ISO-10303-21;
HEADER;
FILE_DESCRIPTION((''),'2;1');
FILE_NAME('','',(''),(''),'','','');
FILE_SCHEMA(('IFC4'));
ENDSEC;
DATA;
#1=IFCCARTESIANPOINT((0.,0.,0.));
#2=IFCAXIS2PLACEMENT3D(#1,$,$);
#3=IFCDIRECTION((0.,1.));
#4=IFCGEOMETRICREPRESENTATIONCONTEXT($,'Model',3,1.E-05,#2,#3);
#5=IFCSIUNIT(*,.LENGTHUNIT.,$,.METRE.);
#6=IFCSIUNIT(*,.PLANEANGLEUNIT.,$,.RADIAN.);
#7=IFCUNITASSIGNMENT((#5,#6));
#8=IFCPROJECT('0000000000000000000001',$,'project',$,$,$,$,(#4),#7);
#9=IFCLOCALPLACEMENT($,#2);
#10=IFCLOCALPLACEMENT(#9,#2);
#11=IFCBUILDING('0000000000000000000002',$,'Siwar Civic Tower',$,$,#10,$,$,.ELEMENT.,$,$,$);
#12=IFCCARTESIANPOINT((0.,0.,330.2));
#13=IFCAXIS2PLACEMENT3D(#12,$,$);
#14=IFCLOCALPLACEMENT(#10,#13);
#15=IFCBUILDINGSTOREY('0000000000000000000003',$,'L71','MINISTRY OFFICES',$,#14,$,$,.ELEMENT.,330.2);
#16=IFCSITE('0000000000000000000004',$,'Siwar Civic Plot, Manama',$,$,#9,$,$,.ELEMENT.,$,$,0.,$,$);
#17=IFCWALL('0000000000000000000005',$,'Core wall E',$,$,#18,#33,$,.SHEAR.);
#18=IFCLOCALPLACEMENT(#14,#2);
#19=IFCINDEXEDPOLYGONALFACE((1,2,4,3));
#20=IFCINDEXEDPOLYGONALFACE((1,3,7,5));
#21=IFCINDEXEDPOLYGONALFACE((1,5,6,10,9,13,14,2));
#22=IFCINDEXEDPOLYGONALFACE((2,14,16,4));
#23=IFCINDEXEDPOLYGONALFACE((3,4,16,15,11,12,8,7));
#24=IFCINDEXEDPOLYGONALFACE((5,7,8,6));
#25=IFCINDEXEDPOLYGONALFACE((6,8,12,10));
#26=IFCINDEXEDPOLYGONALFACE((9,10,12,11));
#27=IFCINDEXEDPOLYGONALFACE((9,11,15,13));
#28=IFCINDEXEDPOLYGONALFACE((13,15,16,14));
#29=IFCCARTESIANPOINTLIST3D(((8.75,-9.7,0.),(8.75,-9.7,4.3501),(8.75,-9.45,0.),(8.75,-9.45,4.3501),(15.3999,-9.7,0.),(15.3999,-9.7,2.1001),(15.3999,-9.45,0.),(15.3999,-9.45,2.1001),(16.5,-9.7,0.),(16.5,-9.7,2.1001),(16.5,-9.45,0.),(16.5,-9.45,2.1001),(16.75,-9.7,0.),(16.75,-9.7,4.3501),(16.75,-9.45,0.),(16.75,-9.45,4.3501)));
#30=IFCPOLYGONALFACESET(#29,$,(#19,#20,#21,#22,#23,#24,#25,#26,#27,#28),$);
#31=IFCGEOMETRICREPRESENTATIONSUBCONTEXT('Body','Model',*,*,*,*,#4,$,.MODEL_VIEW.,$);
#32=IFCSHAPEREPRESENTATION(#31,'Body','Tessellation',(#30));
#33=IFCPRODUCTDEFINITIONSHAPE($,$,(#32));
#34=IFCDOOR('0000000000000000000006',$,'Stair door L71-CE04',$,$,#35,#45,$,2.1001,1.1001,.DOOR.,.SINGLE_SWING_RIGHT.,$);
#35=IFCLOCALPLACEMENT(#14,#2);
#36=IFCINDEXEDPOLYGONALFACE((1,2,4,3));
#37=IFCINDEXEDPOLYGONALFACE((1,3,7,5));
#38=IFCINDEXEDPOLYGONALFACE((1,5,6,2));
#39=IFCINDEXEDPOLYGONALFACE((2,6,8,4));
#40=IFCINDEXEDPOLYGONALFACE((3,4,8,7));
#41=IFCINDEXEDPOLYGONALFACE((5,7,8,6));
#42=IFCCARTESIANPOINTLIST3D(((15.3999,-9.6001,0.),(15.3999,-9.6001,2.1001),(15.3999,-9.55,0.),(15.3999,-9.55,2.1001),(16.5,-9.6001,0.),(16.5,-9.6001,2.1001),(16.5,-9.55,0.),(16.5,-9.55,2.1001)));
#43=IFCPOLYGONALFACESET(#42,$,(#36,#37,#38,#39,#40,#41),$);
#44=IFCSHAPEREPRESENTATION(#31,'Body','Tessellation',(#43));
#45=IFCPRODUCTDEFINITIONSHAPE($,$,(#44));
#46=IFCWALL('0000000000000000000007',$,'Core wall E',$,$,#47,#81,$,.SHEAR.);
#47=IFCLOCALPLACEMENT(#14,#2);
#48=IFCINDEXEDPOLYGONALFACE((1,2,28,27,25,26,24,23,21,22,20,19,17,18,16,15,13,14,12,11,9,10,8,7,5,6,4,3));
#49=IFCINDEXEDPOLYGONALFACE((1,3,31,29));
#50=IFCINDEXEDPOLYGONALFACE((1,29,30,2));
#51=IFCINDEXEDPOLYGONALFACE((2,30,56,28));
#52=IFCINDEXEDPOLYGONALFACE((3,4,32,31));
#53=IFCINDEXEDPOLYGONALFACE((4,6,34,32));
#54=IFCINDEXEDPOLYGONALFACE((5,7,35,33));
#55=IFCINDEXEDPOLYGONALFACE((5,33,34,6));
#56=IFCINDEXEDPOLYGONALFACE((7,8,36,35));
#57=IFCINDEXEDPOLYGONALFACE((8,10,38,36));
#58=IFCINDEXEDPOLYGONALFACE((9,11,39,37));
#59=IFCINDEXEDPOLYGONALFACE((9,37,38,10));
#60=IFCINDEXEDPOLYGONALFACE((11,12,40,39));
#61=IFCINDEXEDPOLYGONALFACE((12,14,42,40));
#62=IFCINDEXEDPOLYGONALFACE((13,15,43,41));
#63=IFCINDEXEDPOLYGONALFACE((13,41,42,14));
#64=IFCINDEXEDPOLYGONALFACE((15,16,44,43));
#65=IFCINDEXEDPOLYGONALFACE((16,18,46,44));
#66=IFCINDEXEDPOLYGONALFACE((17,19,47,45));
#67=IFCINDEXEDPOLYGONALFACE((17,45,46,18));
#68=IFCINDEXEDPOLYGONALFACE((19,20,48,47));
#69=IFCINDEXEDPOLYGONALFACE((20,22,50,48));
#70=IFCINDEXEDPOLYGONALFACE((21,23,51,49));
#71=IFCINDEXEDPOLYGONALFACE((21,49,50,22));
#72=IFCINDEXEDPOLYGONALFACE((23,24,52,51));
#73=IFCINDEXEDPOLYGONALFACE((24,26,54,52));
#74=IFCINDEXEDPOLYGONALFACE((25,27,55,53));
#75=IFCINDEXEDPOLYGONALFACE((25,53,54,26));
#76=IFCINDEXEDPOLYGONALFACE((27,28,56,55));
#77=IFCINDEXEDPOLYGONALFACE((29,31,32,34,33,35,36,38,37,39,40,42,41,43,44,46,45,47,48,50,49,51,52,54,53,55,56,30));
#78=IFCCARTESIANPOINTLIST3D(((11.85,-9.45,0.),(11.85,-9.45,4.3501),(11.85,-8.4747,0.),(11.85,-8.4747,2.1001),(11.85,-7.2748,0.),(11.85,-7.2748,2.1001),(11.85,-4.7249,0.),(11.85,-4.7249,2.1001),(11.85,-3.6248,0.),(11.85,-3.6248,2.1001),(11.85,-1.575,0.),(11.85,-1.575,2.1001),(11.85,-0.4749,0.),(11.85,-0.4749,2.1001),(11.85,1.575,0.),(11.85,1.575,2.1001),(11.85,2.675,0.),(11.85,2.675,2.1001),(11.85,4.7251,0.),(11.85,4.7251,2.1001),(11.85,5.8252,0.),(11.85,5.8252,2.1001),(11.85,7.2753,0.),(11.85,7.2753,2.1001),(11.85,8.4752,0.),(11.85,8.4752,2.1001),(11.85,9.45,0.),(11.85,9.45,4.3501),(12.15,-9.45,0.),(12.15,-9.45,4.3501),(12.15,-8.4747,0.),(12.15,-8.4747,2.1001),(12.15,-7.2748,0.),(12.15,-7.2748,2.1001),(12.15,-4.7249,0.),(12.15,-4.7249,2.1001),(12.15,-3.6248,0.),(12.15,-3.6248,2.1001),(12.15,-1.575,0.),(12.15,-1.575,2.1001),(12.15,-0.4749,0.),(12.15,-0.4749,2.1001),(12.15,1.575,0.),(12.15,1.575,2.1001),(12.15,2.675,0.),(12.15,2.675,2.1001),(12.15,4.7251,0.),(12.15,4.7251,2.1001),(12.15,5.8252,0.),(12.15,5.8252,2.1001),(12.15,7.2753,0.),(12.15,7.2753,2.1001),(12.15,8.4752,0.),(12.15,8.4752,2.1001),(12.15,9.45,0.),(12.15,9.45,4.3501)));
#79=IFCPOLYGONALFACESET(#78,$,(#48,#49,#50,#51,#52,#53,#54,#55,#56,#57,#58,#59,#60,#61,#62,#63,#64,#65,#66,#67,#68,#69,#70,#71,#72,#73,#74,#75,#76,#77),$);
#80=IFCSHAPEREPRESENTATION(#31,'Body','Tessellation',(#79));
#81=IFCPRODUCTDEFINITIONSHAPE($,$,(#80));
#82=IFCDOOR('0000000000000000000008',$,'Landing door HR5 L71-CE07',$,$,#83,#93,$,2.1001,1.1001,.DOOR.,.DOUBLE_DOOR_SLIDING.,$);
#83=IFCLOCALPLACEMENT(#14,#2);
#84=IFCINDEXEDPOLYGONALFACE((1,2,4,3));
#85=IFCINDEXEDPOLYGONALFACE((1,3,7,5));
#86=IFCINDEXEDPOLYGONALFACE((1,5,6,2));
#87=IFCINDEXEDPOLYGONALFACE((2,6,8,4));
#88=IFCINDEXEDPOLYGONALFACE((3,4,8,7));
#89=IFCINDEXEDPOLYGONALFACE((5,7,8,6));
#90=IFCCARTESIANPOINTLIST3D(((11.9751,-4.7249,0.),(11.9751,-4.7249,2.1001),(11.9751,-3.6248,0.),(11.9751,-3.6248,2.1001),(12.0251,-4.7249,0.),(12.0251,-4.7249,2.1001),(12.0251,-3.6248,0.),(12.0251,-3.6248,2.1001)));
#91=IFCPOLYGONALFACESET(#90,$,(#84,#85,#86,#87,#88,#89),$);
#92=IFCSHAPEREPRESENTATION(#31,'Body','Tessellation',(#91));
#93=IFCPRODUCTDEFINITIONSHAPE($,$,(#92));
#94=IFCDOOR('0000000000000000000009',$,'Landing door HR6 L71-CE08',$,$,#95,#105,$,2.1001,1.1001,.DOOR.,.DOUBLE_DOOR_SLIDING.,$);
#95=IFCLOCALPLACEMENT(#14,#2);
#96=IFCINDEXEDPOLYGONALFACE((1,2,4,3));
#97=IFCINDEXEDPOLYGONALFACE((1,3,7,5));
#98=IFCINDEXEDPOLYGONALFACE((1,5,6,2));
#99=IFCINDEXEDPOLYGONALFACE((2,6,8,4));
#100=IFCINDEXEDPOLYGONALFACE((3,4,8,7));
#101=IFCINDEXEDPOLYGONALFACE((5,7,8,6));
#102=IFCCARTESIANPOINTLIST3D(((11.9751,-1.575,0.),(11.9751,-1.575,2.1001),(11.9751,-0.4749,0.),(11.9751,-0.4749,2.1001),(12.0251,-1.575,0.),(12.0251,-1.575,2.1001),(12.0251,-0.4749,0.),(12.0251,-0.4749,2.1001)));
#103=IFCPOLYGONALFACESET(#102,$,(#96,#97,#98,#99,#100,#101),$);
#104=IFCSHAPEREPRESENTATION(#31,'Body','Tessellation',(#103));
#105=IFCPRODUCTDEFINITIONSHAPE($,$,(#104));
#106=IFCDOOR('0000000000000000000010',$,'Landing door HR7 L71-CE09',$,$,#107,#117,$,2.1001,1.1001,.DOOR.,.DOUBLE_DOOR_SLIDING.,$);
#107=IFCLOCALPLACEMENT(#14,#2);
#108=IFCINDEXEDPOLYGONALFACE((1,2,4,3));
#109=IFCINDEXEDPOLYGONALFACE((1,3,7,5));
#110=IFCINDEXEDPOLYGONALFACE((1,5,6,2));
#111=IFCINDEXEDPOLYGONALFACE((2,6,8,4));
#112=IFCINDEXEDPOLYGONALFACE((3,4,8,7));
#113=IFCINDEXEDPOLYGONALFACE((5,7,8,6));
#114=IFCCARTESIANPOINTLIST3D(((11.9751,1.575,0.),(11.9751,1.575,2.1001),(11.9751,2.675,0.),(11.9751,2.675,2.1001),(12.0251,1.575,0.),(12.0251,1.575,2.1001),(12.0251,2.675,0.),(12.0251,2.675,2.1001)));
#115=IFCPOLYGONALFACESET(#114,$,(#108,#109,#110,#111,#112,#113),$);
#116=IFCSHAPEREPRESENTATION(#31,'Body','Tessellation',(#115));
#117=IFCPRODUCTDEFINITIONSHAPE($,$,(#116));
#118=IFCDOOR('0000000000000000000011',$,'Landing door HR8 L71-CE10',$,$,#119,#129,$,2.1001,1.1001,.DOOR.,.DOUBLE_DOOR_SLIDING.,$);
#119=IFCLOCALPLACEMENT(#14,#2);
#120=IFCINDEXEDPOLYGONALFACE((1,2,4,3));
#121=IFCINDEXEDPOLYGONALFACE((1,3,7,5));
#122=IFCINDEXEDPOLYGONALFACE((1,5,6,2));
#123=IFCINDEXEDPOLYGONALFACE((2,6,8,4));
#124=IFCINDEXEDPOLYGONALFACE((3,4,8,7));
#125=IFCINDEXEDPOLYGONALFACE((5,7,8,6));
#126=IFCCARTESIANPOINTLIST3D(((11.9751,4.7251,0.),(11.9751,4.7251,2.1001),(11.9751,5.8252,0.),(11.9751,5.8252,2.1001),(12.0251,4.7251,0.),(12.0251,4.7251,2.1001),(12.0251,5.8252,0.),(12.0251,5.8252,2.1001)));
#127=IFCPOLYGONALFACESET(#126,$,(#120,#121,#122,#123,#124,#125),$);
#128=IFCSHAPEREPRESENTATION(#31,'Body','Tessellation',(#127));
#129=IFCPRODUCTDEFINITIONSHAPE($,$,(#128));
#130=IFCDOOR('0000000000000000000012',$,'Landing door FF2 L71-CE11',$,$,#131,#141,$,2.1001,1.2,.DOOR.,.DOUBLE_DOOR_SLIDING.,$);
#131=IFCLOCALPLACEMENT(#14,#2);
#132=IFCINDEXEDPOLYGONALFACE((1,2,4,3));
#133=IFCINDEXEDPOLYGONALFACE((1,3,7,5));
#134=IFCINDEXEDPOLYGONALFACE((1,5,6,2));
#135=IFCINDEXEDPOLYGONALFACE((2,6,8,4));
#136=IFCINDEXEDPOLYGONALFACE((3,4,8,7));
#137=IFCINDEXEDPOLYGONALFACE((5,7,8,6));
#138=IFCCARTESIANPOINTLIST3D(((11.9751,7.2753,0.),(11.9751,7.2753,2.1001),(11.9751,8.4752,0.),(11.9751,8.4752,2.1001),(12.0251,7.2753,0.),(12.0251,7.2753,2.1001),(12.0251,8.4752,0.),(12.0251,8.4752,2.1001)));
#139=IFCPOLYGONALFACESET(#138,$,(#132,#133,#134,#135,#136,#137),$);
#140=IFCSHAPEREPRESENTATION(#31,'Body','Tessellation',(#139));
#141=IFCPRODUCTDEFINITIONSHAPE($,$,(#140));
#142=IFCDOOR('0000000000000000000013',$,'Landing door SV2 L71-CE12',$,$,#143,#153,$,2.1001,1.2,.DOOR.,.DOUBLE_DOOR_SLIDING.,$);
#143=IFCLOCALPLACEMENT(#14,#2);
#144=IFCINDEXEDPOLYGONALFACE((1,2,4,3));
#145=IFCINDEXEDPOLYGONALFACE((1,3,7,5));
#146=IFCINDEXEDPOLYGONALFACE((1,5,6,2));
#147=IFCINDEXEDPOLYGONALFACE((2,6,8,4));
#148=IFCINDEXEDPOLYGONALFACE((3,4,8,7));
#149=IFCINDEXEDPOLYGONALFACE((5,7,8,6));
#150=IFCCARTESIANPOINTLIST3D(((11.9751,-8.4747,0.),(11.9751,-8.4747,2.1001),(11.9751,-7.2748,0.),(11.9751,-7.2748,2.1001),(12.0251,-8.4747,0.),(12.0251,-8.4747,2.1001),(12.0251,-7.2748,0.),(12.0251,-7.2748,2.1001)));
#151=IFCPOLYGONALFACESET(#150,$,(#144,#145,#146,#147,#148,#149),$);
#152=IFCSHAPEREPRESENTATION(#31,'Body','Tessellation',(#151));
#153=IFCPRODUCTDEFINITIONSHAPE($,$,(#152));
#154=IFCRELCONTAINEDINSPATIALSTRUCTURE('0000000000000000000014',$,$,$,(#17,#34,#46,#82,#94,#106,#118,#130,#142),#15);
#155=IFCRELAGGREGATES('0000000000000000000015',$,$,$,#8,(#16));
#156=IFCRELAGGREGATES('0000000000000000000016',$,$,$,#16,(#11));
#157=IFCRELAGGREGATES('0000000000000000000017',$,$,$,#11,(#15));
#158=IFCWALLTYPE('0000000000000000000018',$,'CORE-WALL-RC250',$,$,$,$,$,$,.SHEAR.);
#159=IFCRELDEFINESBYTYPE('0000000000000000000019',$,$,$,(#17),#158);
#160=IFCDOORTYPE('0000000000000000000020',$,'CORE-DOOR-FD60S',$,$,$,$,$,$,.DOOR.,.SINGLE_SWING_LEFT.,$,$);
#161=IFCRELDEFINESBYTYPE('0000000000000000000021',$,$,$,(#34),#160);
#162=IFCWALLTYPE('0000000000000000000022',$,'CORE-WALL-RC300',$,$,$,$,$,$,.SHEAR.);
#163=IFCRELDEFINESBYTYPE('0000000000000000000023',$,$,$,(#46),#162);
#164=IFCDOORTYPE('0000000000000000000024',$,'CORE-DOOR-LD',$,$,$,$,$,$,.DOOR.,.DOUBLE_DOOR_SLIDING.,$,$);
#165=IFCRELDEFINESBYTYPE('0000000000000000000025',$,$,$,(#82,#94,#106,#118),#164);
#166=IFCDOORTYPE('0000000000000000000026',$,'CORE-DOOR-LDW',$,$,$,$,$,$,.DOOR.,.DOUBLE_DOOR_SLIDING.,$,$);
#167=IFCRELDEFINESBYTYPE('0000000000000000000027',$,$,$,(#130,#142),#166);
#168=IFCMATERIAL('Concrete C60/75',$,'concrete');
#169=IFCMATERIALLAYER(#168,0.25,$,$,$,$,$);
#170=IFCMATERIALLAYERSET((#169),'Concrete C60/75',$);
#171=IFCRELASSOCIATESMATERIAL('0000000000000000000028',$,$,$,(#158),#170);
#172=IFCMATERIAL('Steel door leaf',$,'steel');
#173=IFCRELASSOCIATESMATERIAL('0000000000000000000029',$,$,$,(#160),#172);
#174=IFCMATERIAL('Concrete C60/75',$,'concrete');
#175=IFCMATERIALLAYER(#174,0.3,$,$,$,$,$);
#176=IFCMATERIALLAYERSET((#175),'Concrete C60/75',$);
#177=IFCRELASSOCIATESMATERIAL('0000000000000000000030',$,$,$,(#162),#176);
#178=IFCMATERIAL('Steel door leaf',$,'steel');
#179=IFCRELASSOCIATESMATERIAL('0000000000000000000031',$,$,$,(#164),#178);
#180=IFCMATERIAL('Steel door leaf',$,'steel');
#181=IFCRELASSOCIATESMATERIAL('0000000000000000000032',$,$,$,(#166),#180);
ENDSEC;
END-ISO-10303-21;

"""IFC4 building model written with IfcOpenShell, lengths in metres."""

from ifc_helpers import new_model, si_unit, direction, frame, frame_2d, origin, place, context, subcontext, project, spatial, rectangle, extrude, material, layer, layer_set, type_object, element, fill, save


model = new_model("IFC4")

# Units and contexts
model_context = context("Model", 3, precision=1e-05, world=origin(), true_north=direction((0.0, 1.0)))
body_context = subcontext(model_context, "Body", "Model", "MODEL_VIEW")
ifc_project = project(units=[si_unit("LENGTHUNIT", "METRE"), si_unit("PLANEANGLEUNIT", "RADIAN")], contexts=[model_context])

# Site, building, storey
site_placement = place(None, origin())
site = spatial("IfcSite", under=ifc_project, at=site_placement, Name="Siwar Civic Plot, Manama", CompositionType="ELEMENT", RefElevation=0.0)
building_placement = place(site_placement, origin())
building = spatial("IfcBuilding", under=site, at=building_placement, Name="Siwar Civic Tower", CompositionType="ELEMENT")
storey_placement = place(building_placement, frame((0.0, 0.0, 330.2)))
storey = spatial("IfcBuildingStorey", under=building, at=storey_placement, Name="L71", Description="MINISTRY OFFICES", CompositionType="ELEMENT", Elevation=330.2)

# Shared definitions
ifc_material_1 = material(Name="Concrete C60/75", Category="concrete")
ifc_layer_1 = layer(ifc_material_1, 0.25)
ifc_layer_set_1 = layer_set([ifc_layer_1], Name="Concrete C60/75")
wall_type_1 = type_object("IfcWallType", Name="CORE-WALL-RC250", PredefinedType="SHEAR", material=ifc_layer_set_1)

# Wall, opening, door
wall_1_placement = place(storey_placement, frame((8.75, -9.575, 0.0), z_axis=(0.0, 0.0, 1.0), x_axis=(1.0, 0.0, 0.0)))
wall_1 = element("IfcWall", 1, at=wall_1_placement, inside=storey, type_object=wall_type_1, Name="Core wall E", PredefinedType="SHEAR", context=body_context, shape_type="SweptSolid", body=[
    extrude(rectangle(XDim=8.0, YDim=0.25, at=frame_2d((4.0, 0.0))), origin(), (0.0, 0.0, 1.0), 4.3501),
])
opening_1_placement = place(wall_1_placement, frame((6.6499, 0.0, 0.0)))
opening_1 = element("IfcOpeningElement", 2, at=opening_1_placement, cuts=wall_1, PredefinedType="OPENING", context=body_context, shape_type="SweptSolid", body=[
    extrude(rectangle(XDim=1.1001, YDim=2.1001, at=frame_2d((0.55, 1.05))), frame((0.0, 0.135, 0.0), z_axis=(0.0, -1.0, 0.0), x_axis=(1.0, 0.0, 0.0)), (0.0, 0.0, 1.0), 0.27),
])
ifc_material_2 = material(Name="Steel door leaf", Category="steel")
door_type_1 = type_object("IfcDoorType", Name="CORE-DOOR-FD60S", OperationType="SINGLE_SWING_LEFT", PredefinedType="DOOR", material=ifc_material_2)
door_1_placement = place(opening_1_placement, origin())
door_1 = element("IfcDoor", 3, at=door_1_placement, inside=storey, type_object=door_type_1, Name="Stair door L71-CE04", OperationType="SINGLE_SWING_RIGHT", OverallHeight=2.1001, OverallWidth=1.1001, PredefinedType="DOOR", context=body_context, shape_type="SweptSolid", body=[
    extrude(rectangle(XDim=1.1001, YDim=2.1001, at=frame_2d((0.55, 1.05))), frame((0.0, 0.0249, 0.0), z_axis=(0.0, -1.0, 0.0), x_axis=(1.0, 0.0, 0.0)), (0.0, 0.0, 1.0), 0.05),
])
fill(opening_1, door_1)

# Wall, openings, doors
ifc_material_3 = material(Name="Concrete C60/75", Category="concrete")
ifc_layer_2 = layer(ifc_material_3, 0.3)
ifc_layer_set_2 = layer_set([ifc_layer_2], Name="Concrete C60/75")
wall_type_2 = type_object("IfcWallType", Name="CORE-WALL-RC300", PredefinedType="SHEAR", material=ifc_layer_set_2)
wall_2_placement = place(storey_placement, frame((12.0, -9.45, 0.0), z_axis=(0.0, 0.0, 1.0), x_axis=(0.0, 1.0, 0.0)))
wall_2 = element("IfcWall", 4, at=wall_2_placement, inside=storey, type_object=wall_type_2, Name="Core wall E", PredefinedType="SHEAR", context=body_context, shape_type="SweptSolid", body=[
    extrude(rectangle(XDim=18.8999, YDim=0.3, at=frame_2d((9.45, 0.0))), origin(), (0.0, 0.0, 1.0), 4.3501),
])
opening_2_placement = place(wall_2_placement, frame((4.7251, 0.0, 0.0)))
opening_2 = element("IfcOpeningElement", 5, at=opening_2_placement, cuts=wall_2, PredefinedType="OPENING", context=body_context, shape_type="SweptSolid", body=[
    extrude(rectangle(XDim=1.1001, YDim=2.1001, at=frame_2d((0.55, 1.05))), frame((0.0, 0.1602, 0.0), z_axis=(0.0, -1.0, 0.0), x_axis=(1.0, 0.0, 0.0)), (0.0, 0.0, 1.0), 0.3201),
])
opening_3_placement = place(wall_2_placement, frame((7.875, 0.0, 0.0)))
opening_3 = element("IfcOpeningElement", 6, at=opening_3_placement, cuts=wall_2, PredefinedType="OPENING", context=body_context, shape_type="SweptSolid", body=[
    extrude(rectangle(XDim=1.1001, YDim=2.1001, at=frame_2d((0.55, 1.05))), frame((0.0, 0.1602, 0.0), z_axis=(0.0, -1.0, 0.0), x_axis=(1.0, 0.0, 0.0)), (0.0, 0.0, 1.0), 0.3201),
])
opening_4_placement = place(wall_2_placement, frame((11.0249, 0.0, 0.0)))
opening_4 = element("IfcOpeningElement", 7, at=opening_4_placement, cuts=wall_2, PredefinedType="OPENING", context=body_context, shape_type="SweptSolid", body=[
    extrude(rectangle(XDim=1.1001, YDim=2.1001, at=frame_2d((0.55, 1.05))), frame((0.0, 0.1602, 0.0), z_axis=(0.0, -1.0, 0.0), x_axis=(1.0, 0.0, 0.0)), (0.0, 0.0, 1.0), 0.3201),
])
opening_5_placement = place(wall_2_placement, frame((14.175, 0.0, 0.0)))
opening_5 = element("IfcOpeningElement", 8, at=opening_5_placement, cuts=wall_2, PredefinedType="OPENING", context=body_context, shape_type="SweptSolid", body=[
    extrude(rectangle(XDim=1.1001, YDim=2.1001, at=frame_2d((0.55, 1.05))), frame((0.0, 0.1602, 0.0), z_axis=(0.0, -1.0, 0.0), x_axis=(1.0, 0.0, 0.0)), (0.0, 0.0, 1.0), 0.3201),
])
opening_6_placement = place(wall_2_placement, frame((16.7251, 0.0, 0.0)))
opening_6 = element("IfcOpeningElement", 9, at=opening_6_placement, cuts=wall_2, PredefinedType="OPENING", context=body_context, shape_type="SweptSolid", body=[
    extrude(rectangle(XDim=1.2, YDim=2.1001, at=frame_2d((0.6001, 1.05))), frame((0.0, 0.1602, 0.0), z_axis=(0.0, -1.0, 0.0), x_axis=(1.0, 0.0, 0.0)), (0.0, 0.0, 1.0), 0.3201),
])
opening_7_placement = place(wall_2_placement, frame((0.9751, 0.0, 0.0)))
opening_7 = element("IfcOpeningElement", 10, at=opening_7_placement, cuts=wall_2, PredefinedType="OPENING", context=body_context, shape_type="SweptSolid", body=[
    extrude(rectangle(XDim=1.2, YDim=2.1001, at=frame_2d((0.6001, 1.05))), frame((0.0, 0.1602, 0.0), z_axis=(0.0, -1.0, 0.0), x_axis=(1.0, 0.0, 0.0)), (0.0, 0.0, 1.0), 0.3201),
])
ifc_material_4 = material(Name="Steel door leaf", Category="steel")
door_type_2 = type_object("IfcDoorType", Name="CORE-DOOR-LD", OperationType="DOUBLE_DOOR_SLIDING", PredefinedType="DOOR", material=ifc_material_4)
door_2_placement = place(opening_2_placement, origin())
door_2 = element("IfcDoor", 11, at=door_2_placement, inside=storey, type_object=door_type_2, Name="Landing door HR5 L71-CE07", OperationType="DOUBLE_DOOR_SLIDING", OverallHeight=2.1001, OverallWidth=1.1001, PredefinedType="DOOR", context=body_context, shape_type="SweptSolid", body=[
    extrude(rectangle(XDim=1.1001, YDim=2.1001, at=frame_2d((0.55, 1.05))), frame((0.0, 0.0249, 0.0), z_axis=(0.0, -1.0, 0.0), x_axis=(1.0, 0.0, 0.0)), (0.0, 0.0, 1.0), 0.05),
])
fill(opening_2, door_2)
door_3_placement = place(opening_3_placement, origin())
door_3 = element("IfcDoor", 12, at=door_3_placement, inside=storey, type_object=door_type_2, Name="Landing door HR6 L71-CE08", OperationType="DOUBLE_DOOR_SLIDING", OverallHeight=2.1001, OverallWidth=1.1001, PredefinedType="DOOR", context=body_context, shape_type="SweptSolid", body=[
    extrude(rectangle(XDim=1.1001, YDim=2.1001, at=frame_2d((0.55, 1.05))), frame((0.0, 0.0249, 0.0), z_axis=(0.0, -1.0, 0.0), x_axis=(1.0, 0.0, 0.0)), (0.0, 0.0, 1.0), 0.05),
])
fill(opening_3, door_3)
door_4_placement = place(opening_4_placement, origin())
door_4 = element("IfcDoor", 13, at=door_4_placement, inside=storey, type_object=door_type_2, Name="Landing door HR7 L71-CE09", OperationType="DOUBLE_DOOR_SLIDING", OverallHeight=2.1001, OverallWidth=1.1001, PredefinedType="DOOR", context=body_context, shape_type="SweptSolid", body=[
    extrude(rectangle(XDim=1.1001, YDim=2.1001, at=frame_2d((0.55, 1.05))), frame((0.0, 0.0249, 0.0), z_axis=(0.0, -1.0, 0.0), x_axis=(1.0, 0.0, 0.0)), (0.0, 0.0, 1.0), 0.05),
])
fill(opening_4, door_4)
door_5_placement = place(opening_5_placement, origin())
door_5 = element("IfcDoor", 14, at=door_5_placement, inside=storey, type_object=door_type_2, Name="Landing door HR8 L71-CE10", OperationType="DOUBLE_DOOR_SLIDING", OverallHeight=2.1001, OverallWidth=1.1001, PredefinedType="DOOR", context=body_context, shape_type="SweptSolid", body=[
    extrude(rectangle(XDim=1.1001, YDim=2.1001, at=frame_2d((0.55, 1.05))), frame((0.0, 0.0249, 0.0), z_axis=(0.0, -1.0, 0.0), x_axis=(1.0, 0.0, 0.0)), (0.0, 0.0, 1.0), 0.05),
])
fill(opening_5, door_5)
ifc_material_5 = material(Name="Steel door leaf", Category="steel")
door_type_3 = type_object("IfcDoorType", Name="CORE-DOOR-LDW", OperationType="DOUBLE_DOOR_SLIDING", PredefinedType="DOOR", material=ifc_material_5)
door_6_placement = place(opening_6_placement, origin())
door_6 = element("IfcDoor", 15, at=door_6_placement, inside=storey, type_object=door_type_3, Name="Landing door FF2 L71-CE11", OperationType="DOUBLE_DOOR_SLIDING", OverallHeight=2.1001, OverallWidth=1.2, PredefinedType="DOOR", context=body_context, shape_type="SweptSolid", body=[
    extrude(rectangle(XDim=1.2, YDim=2.1001, at=frame_2d((0.6001, 1.05))), frame((0.0, 0.0249, 0.0), z_axis=(0.0, -1.0, 0.0), x_axis=(1.0, 0.0, 0.0)), (0.0, 0.0, 1.0), 0.05),
])
fill(opening_6, door_6)
door_7_placement = place(opening_7_placement, origin())
door_7 = element("IfcDoor", 16, at=door_7_placement, inside=storey, type_object=door_type_3, Name="Landing door SV2 L71-CE12", OperationType="DOUBLE_DOOR_SLIDING", OverallHeight=2.1001, OverallWidth=1.2, PredefinedType="DOOR", context=body_context, shape_type="SweptSolid", body=[
    extrude(rectangle(XDim=1.2, YDim=2.1001, at=frame_2d((0.6001, 1.05))), frame((0.0, 0.0249, 0.0), z_axis=(0.0, -1.0, 0.0), x_axis=(1.0, 0.0, 0.0)), (0.0, 0.0, 1.0), 0.05),
])
fill(opening_7, door_7)

save(model, "model.ifc")
